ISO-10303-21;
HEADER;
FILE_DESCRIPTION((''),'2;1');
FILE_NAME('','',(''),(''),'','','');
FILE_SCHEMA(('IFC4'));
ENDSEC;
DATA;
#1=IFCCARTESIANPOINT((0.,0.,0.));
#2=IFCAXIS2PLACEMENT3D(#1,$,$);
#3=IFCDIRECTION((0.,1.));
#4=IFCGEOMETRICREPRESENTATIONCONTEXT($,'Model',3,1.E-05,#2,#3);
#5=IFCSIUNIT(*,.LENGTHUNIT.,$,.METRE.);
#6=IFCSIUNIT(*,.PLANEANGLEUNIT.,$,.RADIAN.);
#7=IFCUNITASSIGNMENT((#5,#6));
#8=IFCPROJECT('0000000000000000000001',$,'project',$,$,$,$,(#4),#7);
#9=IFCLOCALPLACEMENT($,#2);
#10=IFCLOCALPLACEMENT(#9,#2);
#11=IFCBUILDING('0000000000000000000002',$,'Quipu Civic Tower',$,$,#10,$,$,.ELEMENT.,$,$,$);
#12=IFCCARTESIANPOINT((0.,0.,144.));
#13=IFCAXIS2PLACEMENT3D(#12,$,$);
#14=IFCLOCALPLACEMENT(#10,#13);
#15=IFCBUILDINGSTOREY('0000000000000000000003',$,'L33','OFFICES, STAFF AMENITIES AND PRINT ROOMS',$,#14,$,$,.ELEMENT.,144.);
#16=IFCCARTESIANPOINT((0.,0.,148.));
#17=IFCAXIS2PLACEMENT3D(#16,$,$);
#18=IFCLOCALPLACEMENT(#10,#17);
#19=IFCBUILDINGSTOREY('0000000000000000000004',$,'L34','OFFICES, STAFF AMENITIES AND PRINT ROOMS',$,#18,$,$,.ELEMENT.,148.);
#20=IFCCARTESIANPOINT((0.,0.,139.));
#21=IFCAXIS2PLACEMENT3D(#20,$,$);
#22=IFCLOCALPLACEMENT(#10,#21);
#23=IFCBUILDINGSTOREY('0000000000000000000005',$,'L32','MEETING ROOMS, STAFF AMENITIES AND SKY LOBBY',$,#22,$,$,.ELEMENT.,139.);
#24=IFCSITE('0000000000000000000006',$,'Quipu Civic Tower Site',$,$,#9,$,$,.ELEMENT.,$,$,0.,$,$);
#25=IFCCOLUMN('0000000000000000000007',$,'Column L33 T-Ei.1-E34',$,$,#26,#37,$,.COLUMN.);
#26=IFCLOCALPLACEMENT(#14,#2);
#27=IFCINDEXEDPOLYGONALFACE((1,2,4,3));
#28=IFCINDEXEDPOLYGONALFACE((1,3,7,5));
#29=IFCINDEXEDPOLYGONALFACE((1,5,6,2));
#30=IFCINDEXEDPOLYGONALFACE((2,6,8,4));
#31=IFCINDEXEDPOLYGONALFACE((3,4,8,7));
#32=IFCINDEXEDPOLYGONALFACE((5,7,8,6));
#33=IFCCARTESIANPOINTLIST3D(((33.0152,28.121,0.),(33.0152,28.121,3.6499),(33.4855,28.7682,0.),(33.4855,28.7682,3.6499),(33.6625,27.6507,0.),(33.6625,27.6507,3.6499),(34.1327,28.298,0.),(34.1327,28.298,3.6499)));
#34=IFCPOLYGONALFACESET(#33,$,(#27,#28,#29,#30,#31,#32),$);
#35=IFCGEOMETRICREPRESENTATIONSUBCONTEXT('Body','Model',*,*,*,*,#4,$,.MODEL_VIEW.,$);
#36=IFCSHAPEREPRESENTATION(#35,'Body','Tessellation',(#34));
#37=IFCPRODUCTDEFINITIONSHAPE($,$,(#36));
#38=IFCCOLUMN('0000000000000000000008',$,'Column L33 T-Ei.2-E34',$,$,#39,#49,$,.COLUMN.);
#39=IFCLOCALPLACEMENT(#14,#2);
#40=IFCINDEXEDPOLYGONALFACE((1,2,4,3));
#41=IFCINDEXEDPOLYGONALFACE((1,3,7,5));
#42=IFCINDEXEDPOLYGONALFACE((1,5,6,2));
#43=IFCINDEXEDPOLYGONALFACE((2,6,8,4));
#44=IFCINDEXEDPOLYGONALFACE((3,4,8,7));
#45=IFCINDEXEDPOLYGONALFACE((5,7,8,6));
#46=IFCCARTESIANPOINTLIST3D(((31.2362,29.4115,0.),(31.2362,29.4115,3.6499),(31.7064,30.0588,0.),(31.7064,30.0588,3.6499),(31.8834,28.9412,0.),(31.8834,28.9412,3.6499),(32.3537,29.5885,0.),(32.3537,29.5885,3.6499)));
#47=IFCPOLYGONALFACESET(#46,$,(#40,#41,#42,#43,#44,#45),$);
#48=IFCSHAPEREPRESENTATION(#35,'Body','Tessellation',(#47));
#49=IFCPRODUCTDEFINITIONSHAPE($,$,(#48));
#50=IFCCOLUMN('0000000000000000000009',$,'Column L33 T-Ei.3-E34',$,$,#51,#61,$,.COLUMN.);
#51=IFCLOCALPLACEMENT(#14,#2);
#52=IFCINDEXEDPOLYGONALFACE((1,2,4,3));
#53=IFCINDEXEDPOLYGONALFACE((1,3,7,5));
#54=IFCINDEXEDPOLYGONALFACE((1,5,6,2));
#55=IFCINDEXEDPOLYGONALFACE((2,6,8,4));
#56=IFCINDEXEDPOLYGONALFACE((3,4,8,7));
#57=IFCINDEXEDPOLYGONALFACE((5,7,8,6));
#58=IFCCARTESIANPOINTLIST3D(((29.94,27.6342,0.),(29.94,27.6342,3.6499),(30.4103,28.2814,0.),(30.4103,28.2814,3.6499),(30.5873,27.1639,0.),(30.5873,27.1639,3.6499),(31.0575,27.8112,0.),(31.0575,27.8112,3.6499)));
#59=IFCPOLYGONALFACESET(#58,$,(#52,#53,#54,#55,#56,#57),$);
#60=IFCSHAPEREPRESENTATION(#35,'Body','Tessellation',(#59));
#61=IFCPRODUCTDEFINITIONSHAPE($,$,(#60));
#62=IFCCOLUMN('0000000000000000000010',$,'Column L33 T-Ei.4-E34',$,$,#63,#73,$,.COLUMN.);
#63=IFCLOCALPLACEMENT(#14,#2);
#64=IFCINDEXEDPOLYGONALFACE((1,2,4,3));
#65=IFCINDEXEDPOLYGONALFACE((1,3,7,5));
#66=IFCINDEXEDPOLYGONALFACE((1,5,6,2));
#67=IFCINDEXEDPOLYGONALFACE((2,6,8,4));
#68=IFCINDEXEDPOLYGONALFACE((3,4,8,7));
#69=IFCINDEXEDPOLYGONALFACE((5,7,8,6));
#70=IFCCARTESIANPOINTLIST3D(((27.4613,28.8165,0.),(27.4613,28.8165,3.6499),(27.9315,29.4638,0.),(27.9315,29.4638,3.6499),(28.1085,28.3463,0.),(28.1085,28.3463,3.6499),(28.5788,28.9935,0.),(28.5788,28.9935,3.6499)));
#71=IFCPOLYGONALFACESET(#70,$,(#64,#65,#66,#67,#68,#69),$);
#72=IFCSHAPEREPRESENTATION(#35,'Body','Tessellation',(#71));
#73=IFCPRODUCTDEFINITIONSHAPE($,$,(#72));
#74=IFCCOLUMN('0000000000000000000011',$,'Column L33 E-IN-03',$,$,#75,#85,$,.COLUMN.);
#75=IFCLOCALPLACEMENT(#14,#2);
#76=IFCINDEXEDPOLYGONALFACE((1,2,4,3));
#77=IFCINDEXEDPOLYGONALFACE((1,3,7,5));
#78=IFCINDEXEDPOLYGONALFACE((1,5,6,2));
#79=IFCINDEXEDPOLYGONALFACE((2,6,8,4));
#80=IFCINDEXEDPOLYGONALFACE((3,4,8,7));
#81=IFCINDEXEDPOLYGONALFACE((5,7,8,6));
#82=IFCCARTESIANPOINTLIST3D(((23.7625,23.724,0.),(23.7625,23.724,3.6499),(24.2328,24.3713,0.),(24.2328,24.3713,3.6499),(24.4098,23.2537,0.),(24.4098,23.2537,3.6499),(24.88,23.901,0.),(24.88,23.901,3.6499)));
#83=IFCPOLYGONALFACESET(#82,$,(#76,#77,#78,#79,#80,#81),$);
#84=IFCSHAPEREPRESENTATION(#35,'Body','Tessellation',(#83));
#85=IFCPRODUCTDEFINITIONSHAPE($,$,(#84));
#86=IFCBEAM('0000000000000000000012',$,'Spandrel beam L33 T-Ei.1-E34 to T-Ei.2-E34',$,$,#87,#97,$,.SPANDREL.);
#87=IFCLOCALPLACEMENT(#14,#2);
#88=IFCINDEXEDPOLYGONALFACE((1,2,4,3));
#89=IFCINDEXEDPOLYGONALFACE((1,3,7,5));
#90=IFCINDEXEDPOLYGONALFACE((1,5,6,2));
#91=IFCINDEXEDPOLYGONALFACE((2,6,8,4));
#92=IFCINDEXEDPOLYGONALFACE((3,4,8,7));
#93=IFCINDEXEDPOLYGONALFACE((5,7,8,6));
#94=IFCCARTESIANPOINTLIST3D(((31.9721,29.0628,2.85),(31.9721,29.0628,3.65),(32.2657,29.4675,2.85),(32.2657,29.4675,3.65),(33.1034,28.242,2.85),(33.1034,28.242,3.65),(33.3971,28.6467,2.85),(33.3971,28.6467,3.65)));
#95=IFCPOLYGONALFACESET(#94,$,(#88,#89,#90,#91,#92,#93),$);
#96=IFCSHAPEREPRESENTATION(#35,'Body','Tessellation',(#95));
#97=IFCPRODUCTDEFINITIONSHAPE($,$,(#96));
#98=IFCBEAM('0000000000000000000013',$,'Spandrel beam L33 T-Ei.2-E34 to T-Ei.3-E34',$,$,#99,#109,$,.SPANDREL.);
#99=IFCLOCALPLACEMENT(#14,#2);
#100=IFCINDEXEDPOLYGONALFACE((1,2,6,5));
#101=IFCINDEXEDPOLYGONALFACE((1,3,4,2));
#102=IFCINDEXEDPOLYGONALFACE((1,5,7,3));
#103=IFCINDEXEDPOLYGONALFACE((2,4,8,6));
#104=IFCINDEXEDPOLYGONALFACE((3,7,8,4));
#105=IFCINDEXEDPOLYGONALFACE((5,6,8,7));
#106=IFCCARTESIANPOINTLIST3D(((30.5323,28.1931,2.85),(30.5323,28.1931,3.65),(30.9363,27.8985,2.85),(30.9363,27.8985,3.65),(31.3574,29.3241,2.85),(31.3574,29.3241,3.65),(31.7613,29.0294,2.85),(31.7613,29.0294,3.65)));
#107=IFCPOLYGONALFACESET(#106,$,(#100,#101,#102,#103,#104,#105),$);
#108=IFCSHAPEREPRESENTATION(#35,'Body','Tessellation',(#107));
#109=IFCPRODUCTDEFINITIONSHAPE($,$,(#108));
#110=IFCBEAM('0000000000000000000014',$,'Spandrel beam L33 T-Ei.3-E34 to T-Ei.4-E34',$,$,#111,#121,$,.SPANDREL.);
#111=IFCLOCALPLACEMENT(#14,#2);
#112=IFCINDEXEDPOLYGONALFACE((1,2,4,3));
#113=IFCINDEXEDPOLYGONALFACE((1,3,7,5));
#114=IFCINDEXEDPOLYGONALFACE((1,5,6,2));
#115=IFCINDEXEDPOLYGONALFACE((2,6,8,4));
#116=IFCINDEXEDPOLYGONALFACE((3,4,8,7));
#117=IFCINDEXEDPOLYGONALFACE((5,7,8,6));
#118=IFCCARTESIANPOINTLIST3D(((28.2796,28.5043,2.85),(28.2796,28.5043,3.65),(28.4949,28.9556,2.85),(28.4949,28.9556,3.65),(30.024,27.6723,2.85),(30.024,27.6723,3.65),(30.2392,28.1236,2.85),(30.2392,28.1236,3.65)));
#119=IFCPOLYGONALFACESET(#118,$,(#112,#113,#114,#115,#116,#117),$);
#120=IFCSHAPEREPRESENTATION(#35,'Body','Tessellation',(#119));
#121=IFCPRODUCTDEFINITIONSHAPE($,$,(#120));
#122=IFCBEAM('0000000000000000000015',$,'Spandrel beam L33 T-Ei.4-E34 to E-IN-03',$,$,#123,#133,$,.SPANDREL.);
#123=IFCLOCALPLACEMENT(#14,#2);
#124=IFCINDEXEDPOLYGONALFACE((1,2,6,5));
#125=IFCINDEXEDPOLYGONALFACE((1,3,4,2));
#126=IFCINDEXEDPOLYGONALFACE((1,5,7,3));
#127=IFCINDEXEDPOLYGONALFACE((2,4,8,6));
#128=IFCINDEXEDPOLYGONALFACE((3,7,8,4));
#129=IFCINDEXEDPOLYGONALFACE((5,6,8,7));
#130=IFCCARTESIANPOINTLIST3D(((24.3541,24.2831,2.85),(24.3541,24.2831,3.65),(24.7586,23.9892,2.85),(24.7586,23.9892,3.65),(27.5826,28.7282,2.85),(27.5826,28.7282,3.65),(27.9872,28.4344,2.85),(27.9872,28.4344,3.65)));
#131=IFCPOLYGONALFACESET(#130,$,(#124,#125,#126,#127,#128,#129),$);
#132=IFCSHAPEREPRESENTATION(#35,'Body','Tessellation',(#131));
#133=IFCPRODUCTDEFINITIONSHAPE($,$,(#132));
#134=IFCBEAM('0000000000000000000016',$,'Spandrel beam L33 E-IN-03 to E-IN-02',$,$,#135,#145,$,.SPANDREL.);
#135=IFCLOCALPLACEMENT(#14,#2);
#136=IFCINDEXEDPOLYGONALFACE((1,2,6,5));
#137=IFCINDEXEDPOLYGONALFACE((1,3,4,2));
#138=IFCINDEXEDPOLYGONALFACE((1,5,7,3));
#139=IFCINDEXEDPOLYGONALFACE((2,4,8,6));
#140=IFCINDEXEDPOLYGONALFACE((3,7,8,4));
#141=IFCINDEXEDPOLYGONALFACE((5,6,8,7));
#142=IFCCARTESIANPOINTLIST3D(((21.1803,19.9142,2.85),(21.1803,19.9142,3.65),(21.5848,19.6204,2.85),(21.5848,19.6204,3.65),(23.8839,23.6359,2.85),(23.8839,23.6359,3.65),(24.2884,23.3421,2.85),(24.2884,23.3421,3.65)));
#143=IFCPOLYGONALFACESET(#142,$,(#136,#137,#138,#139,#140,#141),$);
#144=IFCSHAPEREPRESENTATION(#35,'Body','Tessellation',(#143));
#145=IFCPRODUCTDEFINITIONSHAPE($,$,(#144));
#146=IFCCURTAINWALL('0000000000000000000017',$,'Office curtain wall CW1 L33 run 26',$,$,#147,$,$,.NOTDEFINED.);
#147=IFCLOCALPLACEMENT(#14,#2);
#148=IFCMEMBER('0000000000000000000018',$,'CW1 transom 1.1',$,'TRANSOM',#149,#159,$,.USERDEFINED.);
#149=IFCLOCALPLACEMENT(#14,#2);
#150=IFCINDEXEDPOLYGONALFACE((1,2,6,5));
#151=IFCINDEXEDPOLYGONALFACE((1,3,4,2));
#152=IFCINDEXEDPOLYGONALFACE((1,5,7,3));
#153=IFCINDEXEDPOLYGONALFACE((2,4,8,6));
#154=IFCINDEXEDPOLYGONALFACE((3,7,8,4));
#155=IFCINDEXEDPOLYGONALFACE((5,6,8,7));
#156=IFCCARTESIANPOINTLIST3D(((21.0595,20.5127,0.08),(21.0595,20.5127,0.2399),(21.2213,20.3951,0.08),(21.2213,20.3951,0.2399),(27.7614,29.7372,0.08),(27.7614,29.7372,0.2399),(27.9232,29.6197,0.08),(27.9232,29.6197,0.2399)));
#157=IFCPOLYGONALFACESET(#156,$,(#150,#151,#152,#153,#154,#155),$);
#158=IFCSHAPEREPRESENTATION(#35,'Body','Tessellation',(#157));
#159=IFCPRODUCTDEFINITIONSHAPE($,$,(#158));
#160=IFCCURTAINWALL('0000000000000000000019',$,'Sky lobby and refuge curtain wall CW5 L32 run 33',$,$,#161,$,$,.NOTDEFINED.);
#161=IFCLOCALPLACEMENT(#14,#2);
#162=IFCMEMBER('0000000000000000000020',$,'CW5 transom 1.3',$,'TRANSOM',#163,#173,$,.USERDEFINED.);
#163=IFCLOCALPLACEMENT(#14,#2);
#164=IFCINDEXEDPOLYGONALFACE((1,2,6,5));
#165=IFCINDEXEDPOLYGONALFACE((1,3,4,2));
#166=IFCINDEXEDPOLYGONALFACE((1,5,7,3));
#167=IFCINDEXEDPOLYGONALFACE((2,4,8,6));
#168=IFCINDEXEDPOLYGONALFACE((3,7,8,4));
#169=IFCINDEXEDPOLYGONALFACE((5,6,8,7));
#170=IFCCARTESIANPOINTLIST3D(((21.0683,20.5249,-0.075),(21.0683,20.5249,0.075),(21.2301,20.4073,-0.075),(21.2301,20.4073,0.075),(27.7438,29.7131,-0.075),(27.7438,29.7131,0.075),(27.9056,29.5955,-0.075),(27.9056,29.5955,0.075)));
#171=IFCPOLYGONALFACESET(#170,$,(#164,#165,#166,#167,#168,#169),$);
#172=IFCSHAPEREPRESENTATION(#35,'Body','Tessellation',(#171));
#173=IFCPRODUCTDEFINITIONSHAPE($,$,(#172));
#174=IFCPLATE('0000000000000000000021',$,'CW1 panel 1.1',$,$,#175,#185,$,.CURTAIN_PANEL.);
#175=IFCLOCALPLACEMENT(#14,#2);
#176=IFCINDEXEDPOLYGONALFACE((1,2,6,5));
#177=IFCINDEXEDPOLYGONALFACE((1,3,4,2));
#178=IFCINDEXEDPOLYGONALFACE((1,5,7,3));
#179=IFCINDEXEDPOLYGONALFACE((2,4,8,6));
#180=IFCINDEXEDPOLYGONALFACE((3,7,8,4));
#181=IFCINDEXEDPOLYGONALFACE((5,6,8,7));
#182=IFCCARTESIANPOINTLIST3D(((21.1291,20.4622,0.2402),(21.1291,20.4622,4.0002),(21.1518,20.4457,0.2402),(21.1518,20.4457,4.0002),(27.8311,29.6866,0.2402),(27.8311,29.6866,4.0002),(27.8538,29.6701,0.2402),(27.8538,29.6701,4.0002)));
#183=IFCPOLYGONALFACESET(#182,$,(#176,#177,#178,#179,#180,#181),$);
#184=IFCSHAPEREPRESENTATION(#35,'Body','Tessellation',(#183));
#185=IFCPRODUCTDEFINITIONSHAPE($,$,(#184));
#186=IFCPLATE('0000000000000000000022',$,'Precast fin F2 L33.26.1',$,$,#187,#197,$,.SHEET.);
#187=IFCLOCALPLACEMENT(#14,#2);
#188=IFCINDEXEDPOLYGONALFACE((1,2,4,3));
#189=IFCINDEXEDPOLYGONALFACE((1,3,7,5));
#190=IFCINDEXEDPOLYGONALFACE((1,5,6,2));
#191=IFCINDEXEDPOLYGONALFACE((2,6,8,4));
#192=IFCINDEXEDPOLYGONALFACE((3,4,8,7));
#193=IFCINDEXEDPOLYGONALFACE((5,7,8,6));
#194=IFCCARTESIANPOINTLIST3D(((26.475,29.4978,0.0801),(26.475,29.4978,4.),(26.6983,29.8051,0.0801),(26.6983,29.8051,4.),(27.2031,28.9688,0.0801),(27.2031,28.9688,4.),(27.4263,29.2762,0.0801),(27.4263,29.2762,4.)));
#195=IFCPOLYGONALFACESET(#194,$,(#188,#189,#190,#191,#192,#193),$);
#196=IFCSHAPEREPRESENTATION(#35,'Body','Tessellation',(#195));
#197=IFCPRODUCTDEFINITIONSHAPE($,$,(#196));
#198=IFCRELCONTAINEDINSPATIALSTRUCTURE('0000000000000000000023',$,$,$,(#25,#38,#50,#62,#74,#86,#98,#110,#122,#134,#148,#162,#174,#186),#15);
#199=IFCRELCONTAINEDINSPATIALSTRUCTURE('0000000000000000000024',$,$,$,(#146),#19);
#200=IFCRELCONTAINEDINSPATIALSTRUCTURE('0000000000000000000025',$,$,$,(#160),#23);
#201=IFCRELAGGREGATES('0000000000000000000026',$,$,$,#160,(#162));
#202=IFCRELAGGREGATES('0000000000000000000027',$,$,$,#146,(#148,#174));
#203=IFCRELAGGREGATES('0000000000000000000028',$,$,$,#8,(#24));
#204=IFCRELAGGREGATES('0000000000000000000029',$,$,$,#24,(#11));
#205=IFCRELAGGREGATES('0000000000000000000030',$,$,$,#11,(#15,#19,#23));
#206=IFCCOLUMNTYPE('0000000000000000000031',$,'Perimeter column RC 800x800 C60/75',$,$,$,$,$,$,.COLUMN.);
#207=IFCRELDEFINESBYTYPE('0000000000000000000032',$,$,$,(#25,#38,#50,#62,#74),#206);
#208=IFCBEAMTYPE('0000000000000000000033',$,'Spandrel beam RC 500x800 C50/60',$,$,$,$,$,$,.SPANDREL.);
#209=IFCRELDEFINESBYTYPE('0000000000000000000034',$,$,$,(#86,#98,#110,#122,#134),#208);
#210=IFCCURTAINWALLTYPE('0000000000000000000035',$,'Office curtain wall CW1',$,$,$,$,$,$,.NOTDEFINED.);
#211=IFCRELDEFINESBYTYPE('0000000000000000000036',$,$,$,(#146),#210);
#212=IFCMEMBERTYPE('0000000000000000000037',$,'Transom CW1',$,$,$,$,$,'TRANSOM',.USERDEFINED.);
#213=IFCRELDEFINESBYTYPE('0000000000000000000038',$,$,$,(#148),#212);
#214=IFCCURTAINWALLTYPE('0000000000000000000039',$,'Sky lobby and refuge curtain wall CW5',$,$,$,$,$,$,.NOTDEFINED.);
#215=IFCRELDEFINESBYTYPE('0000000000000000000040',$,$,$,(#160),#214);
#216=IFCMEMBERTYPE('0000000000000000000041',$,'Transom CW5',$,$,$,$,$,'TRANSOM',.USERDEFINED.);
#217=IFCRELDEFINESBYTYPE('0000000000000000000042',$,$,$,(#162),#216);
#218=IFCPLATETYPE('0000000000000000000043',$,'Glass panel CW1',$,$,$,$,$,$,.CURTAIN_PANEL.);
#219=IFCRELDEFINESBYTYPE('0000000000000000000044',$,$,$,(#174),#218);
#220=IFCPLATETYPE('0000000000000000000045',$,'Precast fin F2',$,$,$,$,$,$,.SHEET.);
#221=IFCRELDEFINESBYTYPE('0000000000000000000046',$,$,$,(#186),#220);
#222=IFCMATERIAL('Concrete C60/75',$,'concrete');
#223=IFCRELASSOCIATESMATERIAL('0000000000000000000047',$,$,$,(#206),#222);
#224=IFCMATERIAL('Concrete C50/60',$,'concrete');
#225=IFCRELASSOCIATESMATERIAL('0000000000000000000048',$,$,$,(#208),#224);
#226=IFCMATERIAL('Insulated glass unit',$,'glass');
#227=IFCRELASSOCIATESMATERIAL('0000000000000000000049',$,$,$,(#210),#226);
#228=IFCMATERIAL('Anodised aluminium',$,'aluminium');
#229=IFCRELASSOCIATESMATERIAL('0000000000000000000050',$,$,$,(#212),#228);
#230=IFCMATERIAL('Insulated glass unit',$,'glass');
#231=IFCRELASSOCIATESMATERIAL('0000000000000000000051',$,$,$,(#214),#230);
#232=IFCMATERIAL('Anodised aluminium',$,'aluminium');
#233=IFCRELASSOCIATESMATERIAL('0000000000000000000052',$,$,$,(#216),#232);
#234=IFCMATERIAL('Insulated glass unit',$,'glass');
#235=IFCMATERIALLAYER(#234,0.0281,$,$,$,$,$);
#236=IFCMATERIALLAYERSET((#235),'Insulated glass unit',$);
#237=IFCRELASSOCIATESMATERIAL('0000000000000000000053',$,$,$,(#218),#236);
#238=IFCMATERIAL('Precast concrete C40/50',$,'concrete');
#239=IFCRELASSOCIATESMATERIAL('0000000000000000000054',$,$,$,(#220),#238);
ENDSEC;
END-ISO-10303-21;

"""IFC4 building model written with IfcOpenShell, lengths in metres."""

from ifc_helpers import new_model, si_unit, direction, frame, origin, origin_2d, place, context, subcontext, project, spatial, rectangle, extrude, material, layer, layer_set, material_profile, profile_set, type_object, element, aggregate, save


model = new_model("IFC4")

# Units and contexts
model_context = context("Model", 3, precision=1e-05, world=origin(), true_north=direction((0.0, 1.0)))
body_context = subcontext(model_context, "Body", "Model", "MODEL_VIEW")
ifc_project = project(units=[si_unit("LENGTHUNIT", "METRE"), si_unit("PLANEANGLEUNIT", "RADIAN")], contexts=[model_context])

# Site, building, storey
site_placement = place(None, origin())
site = spatial("IfcSite", under=ifc_project, at=site_placement, Name="Quipu Civic Tower Site", CompositionType="ELEMENT", RefElevation=0.0)
building_placement = place(site_placement, origin())
building = spatial("IfcBuilding", under=site, at=building_placement, Name="Quipu Civic Tower", CompositionType="ELEMENT")
storey_1_placement = place(building_placement, frame((0.0, 0.0, 144.0)))
storey_1 = spatial("IfcBuildingStorey", under=building, at=storey_1_placement, Name="L33", Description="OFFICES, STAFF AMENITIES AND PRINT ROOMS", CompositionType="ELEMENT", Elevation=144.0)

# Columns
ifc_material_1 = material(Name="Concrete C60/75", Category="concrete")
ifc_material_profile_1 = material_profile(ifc_material_1, rectangle(XDim=0.8, YDim=0.8, at=origin_2d()), Name="RC800x800")
ifc_profile_set_1 = profile_set([ifc_material_profile_1], Name="Concrete C60/75")
column_type = type_object("IfcColumnType", Name="Perimeter column RC 800x800 C60/75", PredefinedType="COLUMN", material=ifc_profile_set_1)
for number, where, z_axis, x_axis, name in (
    (1, (33.574, 28.2095, 0.0), (0.0, 0.0, 1.0), (-0.809017, 0.587785, 0.0), "Column L33 T-Ei.1-E34"),
    (2, (31.7949, 29.5, 0.0), (0.0, 0.0, 1.0), (-0.587785, -0.809017, 0.0), "Column L33 T-Ei.2-E34"),
    (3, (30.4988, 27.7227, 0.0), (0.0, 0.0, 1.0), (-0.809017, 0.587785, 0.0), "Column L33 T-Ei.3-E34"),
    (4, (28.02, 28.905, 0.0), (0.0, 0.0, 1.0), (-0.809017, 0.587785, 0.0), "Column L33 T-Ei.4-E34"),
    (5, (24.3213, 23.8125, 0.0), (0.0, 0.0, 1.0), (-0.587785, -0.809017, 0.0), "Column L33 E-IN-03"),
):
    element("IfcColumn", number, at=place(storey_1_placement, frame(where, z_axis=z_axis, x_axis=x_axis)), inside=storey_1, type_object=column_type, Name=name, PredefinedType="COLUMN", context=body_context, shape_type="SweptSolid", body=[
        extrude(rectangle(XDim=0.8, YDim=0.8, at=origin_2d()), origin(), (0.0, 0.0, 1.0), 3.6499),
    ])

# Beams
ifc_material_2 = material(Name="Concrete C50/60", Category="concrete")
ifc_material_profile_2 = material_profile(ifc_material_2, rectangle(XDim=0.5, YDim=0.8, at=origin_2d()), Name="RC500x800")
ifc_profile_set_2 = profile_set([ifc_material_profile_2], Name="Concrete C50/60")
beam_type = type_object("IfcBeamType", Name="Spandrel beam RC 500x800 C50/60", PredefinedType="SPANDREL", material=ifc_profile_set_2)
beam_1_placement = place(storey_1_placement, frame((33.2502, 28.4443, 3.25), z_axis=(-0.809415, 0.587237, 0.0), x_axis=(-0.587237, -0.809415, 0.0)))
element("IfcBeam", 6, at=beam_1_placement, inside=storey_1, type_object=beam_type, Name="Spandrel beam L33 T-Ei.1-E34 to T-Ei.2-E34", PredefinedType="SPANDREL", context=body_context, shape_type="SweptSolid", body=[
    extrude(rectangle(XDim=0.5, YDim=0.8, at=origin_2d()), origin(), (0.0, 0.0, 1.0), 1.3977),
])
beam_2_placement = place(storey_1_placement, frame((31.5593, 29.1768, 3.25), z_axis=(-0.589343, -0.807883, 0.0), x_axis=(0.807883, -0.589343, 0.0)))
element("IfcBeam", 7, at=beam_2_placement, inside=storey_1, type_object=beam_type, Name="Spandrel beam L33 T-Ei.2-E34 to T-Ei.3-E34", PredefinedType="SPANDREL", context=body_context, shape_type="SweptSolid", body=[
    extrude(rectangle(XDim=0.5, YDim=0.8, at=origin_2d()), origin(), (0.0, 0.0, 1.0), 1.3999),
])
beam_3_placement = place(storey_1_placement, frame((30.1316, 27.8979, 3.25), z_axis=(-0.902585, 0.430512, 0.0), x_axis=(-0.430512, -0.902585, 0.0)))
element("IfcBeam", 8, at=beam_3_placement, inside=storey_1, type_object=beam_type, Name="Spandrel beam L33 T-Ei.3-E34 to T-Ei.4-E34", PredefinedType="SPANDREL", context=body_context, shape_type="SweptSolid", body=[
    extrude(rectangle(XDim=0.5, YDim=0.8, at=origin_2d()), origin(), (0.0, 0.0, 1.0), 1.9326),
])
beam_4_placement = place(storey_1_placement, frame((27.7849, 28.5813, 3.25), z_axis=(-0.587664, -0.809105, 0.0), x_axis=(0.809105, -0.587664, 0.0)))
element("IfcBeam", 9, at=beam_4_placement, inside=storey_1, type_object=beam_type, Name="Spandrel beam L33 T-Ei.4-E34 to E-IN-03", PredefinedType="SPANDREL", context=body_context, shape_type="SweptSolid", body=[
    extrude(rectangle(XDim=0.5, YDim=0.8, at=origin_2d()), origin(), (0.0, 0.0, 1.0), 5.4939),
])
beam_5_placement = place(storey_1_placement, frame((24.0862, 23.489, 3.25), z_axis=(-0.587736, -0.809053, 0.0), x_axis=(0.809053, -0.587736, 0.0)))
element("IfcBeam", 10, at=beam_5_placement, inside=storey_1, type_object=beam_type, Name="Spandrel beam L33 E-IN-03 to E-IN-02", PredefinedType="SPANDREL", context=body_context, shape_type="SweptSolid", body=[
    extrude(rectangle(XDim=0.5, YDim=0.8, at=origin_2d()), origin(), (0.0, 0.0, 1.0), 4.6001),
])

# Shared definitions
storey_2_placement = place(building_placement, frame((0.0, 0.0, 148.0)))
storey_2 = spatial("IfcBuildingStorey", under=building, at=storey_2_placement, Name="L34", Description="OFFICES, STAFF AMENITIES AND PRINT ROOMS", CompositionType="ELEMENT", Elevation=148.0)

# Curtain wall, member
ifc_material_3 = material(Name="Insulated glass unit", Category="glass")
curtain_wall_type_1 = type_object("IfcCurtainWallType", Name="Office curtain wall CW1", PredefinedType="NOTDEFINED", material=ifc_material_3)
curtain_wall_1_placement = place(storey_2_placement, origin())
curtain_wall_1 = element("IfcCurtainWall", 11, at=curtain_wall_1_placement, inside=storey_2, type_object=curtain_wall_type_1, Name="Office curtain wall CW1 L33 run 26", PredefinedType="NOTDEFINED")
ifc_material_4 = material(Name="Anodised aluminium", Category="aluminium")
ifc_material_profile_3 = material_profile(ifc_material_4, rectangle(XDim=0.2, YDim=0.1599, at=origin_2d()), Name="RECT 200x160")
ifc_profile_set_3 = profile_set([ifc_material_profile_3], Name="Anodised aluminium")
member_type_1 = type_object("IfcMemberType", Name="Transom CW1", ElementType="TRANSOM", PredefinedType="USERDEFINED", material=ifc_profile_set_3)
member_1_placement = place(storey_1_placement, frame((27.8423, 29.6785, 0.1599), z_axis=(-0.587776, -0.809024, 0.0), x_axis=(0.809024, -0.587776, 0.0)))
member_1 = element("IfcMember", 12, at=member_1_placement, inside=storey_1, type_object=member_type_1, Name="CW1 transom 1.1", ObjectType="TRANSOM", PredefinedType="USERDEFINED", context=body_context, shape_type="SweptSolid", body=[
    extrude(rectangle(XDim=0.2, YDim=0.1599, at=origin_2d()), origin(), (0.0, 0.0, 1.0), 11.4021),
])

# Shared definitions
storey_3_placement = place(building_placement, frame((0.0, 0.0, 139.0)))
storey_3 = spatial("IfcBuildingStorey", under=building, at=storey_3_placement, Name="L32", Description="MEETING ROOMS, STAFF AMENITIES AND SKY LOBBY", CompositionType="ELEMENT", Elevation=139.0)

# Curtain wall, member
ifc_material_5 = material(Name="Insulated glass unit", Category="glass")
curtain_wall_type_2 = type_object("IfcCurtainWallType", Name="Sky lobby and refuge curtain wall CW5", PredefinedType="NOTDEFINED", material=ifc_material_5)
curtain_wall_2_placement = place(storey_3_placement, origin())
curtain_wall_2 = element("IfcCurtainWall", 13, at=curtain_wall_2_placement, inside=storey_3, type_object=curtain_wall_type_2, Name="Sky lobby and refuge curtain wall CW5 L32 run 33", PredefinedType="NOTDEFINED")
ifc_material_6 = material(Name="Anodised aluminium", Category="aluminium")
ifc_material_profile_4 = material_profile(ifc_material_6, rectangle(XDim=0.2, YDim=0.1499, at=origin_2d()), Name="RECT 200x150")
ifc_profile_set_4 = profile_set([ifc_material_profile_4], Name="Anodised aluminium")
member_type_2 = type_object("IfcMemberType", Name="Transom CW5", ElementType="TRANSOM", PredefinedType="USERDEFINED", material=ifc_profile_set_4)
member_2_placement = place(storey_1_placement, frame((27.8247, 29.6543, 0.0), z_axis=(-0.587779, -0.809021, 0.0), x_axis=(0.809021, -0.587779, 0.0)))
member_2 = element("IfcMember", 14, at=member_2_placement, inside=storey_1, type_object=member_type_2, Name="CW5 transom 1.3", ObjectType="TRANSOM", PredefinedType="USERDEFINED", context=body_context, shape_type="SweptSolid", body=[
    extrude(rectangle(XDim=0.2, YDim=0.1499, at=origin_2d()), origin(), (0.0, 0.0, 1.0), 11.3572),
])
aggregate(curtain_wall_2, [member_2])

# Plate
ifc_material_7 = material(Name="Insulated glass unit", Category="glass")
ifc_layer_1 = layer(ifc_material_7, 0.0281)
ifc_layer_set_1 = layer_set([ifc_layer_1], Name="Insulated glass unit")
plate_type_1 = type_object("IfcPlateType", Name="Glass panel CW1", PredefinedType="CURTAIN_PANEL", material=ifc_layer_set_1)
plate_placement = place(storey_1_placement, frame((24.4915, 25.0662, 0.2402), z_axis=(0.0, 0.0, 1.0), x_axis=(-0.587789, -0.809014, 0.0)))
plate = element("IfcPlate", 15, at=plate_placement, inside=storey_1, type_object=plate_type_1, Name="CW1 panel 1.1", PredefinedType="CURTAIN_PANEL", context=body_context, shape_type="SweptSolid", body=[
    extrude(rectangle(XDim=11.4021, YDim=0.0281, at=origin_2d()), origin(), (0.0, 0.0, 1.0), 3.76),
])
aggregate(curtain_wall_1, [member_1, plate])

# Plate
ifc_material_8 = material(Name="Precast concrete C40/50", Category="concrete")
plate_type_2 = type_object("IfcPlateType", Name="Precast fin F2", PredefinedType="SHEET", material=ifc_material_8)
for number, where, z_axis, x_axis, name in (
    (16, (26.9507, 29.387, 0.0801), (0.0, 0.0, 1.0), (-0.587787, -0.809016, 0.0), "Precast fin F2 L33.26.1"),
):
    element("IfcPlate", number, at=place(storey_1_placement, frame(where, z_axis=z_axis, x_axis=x_axis)), inside=storey_1, type_object=plate_type_2, Name=name, PredefinedType="SHEET", context=body_context, shape_type="SweptSolid", body=[
        extrude(rectangle(XDim=0.3799, YDim=0.8999, at=origin_2d()), origin(), (0.0, 0.0, 1.0), 3.9199),
    ])

save(model, "model.ifc")
